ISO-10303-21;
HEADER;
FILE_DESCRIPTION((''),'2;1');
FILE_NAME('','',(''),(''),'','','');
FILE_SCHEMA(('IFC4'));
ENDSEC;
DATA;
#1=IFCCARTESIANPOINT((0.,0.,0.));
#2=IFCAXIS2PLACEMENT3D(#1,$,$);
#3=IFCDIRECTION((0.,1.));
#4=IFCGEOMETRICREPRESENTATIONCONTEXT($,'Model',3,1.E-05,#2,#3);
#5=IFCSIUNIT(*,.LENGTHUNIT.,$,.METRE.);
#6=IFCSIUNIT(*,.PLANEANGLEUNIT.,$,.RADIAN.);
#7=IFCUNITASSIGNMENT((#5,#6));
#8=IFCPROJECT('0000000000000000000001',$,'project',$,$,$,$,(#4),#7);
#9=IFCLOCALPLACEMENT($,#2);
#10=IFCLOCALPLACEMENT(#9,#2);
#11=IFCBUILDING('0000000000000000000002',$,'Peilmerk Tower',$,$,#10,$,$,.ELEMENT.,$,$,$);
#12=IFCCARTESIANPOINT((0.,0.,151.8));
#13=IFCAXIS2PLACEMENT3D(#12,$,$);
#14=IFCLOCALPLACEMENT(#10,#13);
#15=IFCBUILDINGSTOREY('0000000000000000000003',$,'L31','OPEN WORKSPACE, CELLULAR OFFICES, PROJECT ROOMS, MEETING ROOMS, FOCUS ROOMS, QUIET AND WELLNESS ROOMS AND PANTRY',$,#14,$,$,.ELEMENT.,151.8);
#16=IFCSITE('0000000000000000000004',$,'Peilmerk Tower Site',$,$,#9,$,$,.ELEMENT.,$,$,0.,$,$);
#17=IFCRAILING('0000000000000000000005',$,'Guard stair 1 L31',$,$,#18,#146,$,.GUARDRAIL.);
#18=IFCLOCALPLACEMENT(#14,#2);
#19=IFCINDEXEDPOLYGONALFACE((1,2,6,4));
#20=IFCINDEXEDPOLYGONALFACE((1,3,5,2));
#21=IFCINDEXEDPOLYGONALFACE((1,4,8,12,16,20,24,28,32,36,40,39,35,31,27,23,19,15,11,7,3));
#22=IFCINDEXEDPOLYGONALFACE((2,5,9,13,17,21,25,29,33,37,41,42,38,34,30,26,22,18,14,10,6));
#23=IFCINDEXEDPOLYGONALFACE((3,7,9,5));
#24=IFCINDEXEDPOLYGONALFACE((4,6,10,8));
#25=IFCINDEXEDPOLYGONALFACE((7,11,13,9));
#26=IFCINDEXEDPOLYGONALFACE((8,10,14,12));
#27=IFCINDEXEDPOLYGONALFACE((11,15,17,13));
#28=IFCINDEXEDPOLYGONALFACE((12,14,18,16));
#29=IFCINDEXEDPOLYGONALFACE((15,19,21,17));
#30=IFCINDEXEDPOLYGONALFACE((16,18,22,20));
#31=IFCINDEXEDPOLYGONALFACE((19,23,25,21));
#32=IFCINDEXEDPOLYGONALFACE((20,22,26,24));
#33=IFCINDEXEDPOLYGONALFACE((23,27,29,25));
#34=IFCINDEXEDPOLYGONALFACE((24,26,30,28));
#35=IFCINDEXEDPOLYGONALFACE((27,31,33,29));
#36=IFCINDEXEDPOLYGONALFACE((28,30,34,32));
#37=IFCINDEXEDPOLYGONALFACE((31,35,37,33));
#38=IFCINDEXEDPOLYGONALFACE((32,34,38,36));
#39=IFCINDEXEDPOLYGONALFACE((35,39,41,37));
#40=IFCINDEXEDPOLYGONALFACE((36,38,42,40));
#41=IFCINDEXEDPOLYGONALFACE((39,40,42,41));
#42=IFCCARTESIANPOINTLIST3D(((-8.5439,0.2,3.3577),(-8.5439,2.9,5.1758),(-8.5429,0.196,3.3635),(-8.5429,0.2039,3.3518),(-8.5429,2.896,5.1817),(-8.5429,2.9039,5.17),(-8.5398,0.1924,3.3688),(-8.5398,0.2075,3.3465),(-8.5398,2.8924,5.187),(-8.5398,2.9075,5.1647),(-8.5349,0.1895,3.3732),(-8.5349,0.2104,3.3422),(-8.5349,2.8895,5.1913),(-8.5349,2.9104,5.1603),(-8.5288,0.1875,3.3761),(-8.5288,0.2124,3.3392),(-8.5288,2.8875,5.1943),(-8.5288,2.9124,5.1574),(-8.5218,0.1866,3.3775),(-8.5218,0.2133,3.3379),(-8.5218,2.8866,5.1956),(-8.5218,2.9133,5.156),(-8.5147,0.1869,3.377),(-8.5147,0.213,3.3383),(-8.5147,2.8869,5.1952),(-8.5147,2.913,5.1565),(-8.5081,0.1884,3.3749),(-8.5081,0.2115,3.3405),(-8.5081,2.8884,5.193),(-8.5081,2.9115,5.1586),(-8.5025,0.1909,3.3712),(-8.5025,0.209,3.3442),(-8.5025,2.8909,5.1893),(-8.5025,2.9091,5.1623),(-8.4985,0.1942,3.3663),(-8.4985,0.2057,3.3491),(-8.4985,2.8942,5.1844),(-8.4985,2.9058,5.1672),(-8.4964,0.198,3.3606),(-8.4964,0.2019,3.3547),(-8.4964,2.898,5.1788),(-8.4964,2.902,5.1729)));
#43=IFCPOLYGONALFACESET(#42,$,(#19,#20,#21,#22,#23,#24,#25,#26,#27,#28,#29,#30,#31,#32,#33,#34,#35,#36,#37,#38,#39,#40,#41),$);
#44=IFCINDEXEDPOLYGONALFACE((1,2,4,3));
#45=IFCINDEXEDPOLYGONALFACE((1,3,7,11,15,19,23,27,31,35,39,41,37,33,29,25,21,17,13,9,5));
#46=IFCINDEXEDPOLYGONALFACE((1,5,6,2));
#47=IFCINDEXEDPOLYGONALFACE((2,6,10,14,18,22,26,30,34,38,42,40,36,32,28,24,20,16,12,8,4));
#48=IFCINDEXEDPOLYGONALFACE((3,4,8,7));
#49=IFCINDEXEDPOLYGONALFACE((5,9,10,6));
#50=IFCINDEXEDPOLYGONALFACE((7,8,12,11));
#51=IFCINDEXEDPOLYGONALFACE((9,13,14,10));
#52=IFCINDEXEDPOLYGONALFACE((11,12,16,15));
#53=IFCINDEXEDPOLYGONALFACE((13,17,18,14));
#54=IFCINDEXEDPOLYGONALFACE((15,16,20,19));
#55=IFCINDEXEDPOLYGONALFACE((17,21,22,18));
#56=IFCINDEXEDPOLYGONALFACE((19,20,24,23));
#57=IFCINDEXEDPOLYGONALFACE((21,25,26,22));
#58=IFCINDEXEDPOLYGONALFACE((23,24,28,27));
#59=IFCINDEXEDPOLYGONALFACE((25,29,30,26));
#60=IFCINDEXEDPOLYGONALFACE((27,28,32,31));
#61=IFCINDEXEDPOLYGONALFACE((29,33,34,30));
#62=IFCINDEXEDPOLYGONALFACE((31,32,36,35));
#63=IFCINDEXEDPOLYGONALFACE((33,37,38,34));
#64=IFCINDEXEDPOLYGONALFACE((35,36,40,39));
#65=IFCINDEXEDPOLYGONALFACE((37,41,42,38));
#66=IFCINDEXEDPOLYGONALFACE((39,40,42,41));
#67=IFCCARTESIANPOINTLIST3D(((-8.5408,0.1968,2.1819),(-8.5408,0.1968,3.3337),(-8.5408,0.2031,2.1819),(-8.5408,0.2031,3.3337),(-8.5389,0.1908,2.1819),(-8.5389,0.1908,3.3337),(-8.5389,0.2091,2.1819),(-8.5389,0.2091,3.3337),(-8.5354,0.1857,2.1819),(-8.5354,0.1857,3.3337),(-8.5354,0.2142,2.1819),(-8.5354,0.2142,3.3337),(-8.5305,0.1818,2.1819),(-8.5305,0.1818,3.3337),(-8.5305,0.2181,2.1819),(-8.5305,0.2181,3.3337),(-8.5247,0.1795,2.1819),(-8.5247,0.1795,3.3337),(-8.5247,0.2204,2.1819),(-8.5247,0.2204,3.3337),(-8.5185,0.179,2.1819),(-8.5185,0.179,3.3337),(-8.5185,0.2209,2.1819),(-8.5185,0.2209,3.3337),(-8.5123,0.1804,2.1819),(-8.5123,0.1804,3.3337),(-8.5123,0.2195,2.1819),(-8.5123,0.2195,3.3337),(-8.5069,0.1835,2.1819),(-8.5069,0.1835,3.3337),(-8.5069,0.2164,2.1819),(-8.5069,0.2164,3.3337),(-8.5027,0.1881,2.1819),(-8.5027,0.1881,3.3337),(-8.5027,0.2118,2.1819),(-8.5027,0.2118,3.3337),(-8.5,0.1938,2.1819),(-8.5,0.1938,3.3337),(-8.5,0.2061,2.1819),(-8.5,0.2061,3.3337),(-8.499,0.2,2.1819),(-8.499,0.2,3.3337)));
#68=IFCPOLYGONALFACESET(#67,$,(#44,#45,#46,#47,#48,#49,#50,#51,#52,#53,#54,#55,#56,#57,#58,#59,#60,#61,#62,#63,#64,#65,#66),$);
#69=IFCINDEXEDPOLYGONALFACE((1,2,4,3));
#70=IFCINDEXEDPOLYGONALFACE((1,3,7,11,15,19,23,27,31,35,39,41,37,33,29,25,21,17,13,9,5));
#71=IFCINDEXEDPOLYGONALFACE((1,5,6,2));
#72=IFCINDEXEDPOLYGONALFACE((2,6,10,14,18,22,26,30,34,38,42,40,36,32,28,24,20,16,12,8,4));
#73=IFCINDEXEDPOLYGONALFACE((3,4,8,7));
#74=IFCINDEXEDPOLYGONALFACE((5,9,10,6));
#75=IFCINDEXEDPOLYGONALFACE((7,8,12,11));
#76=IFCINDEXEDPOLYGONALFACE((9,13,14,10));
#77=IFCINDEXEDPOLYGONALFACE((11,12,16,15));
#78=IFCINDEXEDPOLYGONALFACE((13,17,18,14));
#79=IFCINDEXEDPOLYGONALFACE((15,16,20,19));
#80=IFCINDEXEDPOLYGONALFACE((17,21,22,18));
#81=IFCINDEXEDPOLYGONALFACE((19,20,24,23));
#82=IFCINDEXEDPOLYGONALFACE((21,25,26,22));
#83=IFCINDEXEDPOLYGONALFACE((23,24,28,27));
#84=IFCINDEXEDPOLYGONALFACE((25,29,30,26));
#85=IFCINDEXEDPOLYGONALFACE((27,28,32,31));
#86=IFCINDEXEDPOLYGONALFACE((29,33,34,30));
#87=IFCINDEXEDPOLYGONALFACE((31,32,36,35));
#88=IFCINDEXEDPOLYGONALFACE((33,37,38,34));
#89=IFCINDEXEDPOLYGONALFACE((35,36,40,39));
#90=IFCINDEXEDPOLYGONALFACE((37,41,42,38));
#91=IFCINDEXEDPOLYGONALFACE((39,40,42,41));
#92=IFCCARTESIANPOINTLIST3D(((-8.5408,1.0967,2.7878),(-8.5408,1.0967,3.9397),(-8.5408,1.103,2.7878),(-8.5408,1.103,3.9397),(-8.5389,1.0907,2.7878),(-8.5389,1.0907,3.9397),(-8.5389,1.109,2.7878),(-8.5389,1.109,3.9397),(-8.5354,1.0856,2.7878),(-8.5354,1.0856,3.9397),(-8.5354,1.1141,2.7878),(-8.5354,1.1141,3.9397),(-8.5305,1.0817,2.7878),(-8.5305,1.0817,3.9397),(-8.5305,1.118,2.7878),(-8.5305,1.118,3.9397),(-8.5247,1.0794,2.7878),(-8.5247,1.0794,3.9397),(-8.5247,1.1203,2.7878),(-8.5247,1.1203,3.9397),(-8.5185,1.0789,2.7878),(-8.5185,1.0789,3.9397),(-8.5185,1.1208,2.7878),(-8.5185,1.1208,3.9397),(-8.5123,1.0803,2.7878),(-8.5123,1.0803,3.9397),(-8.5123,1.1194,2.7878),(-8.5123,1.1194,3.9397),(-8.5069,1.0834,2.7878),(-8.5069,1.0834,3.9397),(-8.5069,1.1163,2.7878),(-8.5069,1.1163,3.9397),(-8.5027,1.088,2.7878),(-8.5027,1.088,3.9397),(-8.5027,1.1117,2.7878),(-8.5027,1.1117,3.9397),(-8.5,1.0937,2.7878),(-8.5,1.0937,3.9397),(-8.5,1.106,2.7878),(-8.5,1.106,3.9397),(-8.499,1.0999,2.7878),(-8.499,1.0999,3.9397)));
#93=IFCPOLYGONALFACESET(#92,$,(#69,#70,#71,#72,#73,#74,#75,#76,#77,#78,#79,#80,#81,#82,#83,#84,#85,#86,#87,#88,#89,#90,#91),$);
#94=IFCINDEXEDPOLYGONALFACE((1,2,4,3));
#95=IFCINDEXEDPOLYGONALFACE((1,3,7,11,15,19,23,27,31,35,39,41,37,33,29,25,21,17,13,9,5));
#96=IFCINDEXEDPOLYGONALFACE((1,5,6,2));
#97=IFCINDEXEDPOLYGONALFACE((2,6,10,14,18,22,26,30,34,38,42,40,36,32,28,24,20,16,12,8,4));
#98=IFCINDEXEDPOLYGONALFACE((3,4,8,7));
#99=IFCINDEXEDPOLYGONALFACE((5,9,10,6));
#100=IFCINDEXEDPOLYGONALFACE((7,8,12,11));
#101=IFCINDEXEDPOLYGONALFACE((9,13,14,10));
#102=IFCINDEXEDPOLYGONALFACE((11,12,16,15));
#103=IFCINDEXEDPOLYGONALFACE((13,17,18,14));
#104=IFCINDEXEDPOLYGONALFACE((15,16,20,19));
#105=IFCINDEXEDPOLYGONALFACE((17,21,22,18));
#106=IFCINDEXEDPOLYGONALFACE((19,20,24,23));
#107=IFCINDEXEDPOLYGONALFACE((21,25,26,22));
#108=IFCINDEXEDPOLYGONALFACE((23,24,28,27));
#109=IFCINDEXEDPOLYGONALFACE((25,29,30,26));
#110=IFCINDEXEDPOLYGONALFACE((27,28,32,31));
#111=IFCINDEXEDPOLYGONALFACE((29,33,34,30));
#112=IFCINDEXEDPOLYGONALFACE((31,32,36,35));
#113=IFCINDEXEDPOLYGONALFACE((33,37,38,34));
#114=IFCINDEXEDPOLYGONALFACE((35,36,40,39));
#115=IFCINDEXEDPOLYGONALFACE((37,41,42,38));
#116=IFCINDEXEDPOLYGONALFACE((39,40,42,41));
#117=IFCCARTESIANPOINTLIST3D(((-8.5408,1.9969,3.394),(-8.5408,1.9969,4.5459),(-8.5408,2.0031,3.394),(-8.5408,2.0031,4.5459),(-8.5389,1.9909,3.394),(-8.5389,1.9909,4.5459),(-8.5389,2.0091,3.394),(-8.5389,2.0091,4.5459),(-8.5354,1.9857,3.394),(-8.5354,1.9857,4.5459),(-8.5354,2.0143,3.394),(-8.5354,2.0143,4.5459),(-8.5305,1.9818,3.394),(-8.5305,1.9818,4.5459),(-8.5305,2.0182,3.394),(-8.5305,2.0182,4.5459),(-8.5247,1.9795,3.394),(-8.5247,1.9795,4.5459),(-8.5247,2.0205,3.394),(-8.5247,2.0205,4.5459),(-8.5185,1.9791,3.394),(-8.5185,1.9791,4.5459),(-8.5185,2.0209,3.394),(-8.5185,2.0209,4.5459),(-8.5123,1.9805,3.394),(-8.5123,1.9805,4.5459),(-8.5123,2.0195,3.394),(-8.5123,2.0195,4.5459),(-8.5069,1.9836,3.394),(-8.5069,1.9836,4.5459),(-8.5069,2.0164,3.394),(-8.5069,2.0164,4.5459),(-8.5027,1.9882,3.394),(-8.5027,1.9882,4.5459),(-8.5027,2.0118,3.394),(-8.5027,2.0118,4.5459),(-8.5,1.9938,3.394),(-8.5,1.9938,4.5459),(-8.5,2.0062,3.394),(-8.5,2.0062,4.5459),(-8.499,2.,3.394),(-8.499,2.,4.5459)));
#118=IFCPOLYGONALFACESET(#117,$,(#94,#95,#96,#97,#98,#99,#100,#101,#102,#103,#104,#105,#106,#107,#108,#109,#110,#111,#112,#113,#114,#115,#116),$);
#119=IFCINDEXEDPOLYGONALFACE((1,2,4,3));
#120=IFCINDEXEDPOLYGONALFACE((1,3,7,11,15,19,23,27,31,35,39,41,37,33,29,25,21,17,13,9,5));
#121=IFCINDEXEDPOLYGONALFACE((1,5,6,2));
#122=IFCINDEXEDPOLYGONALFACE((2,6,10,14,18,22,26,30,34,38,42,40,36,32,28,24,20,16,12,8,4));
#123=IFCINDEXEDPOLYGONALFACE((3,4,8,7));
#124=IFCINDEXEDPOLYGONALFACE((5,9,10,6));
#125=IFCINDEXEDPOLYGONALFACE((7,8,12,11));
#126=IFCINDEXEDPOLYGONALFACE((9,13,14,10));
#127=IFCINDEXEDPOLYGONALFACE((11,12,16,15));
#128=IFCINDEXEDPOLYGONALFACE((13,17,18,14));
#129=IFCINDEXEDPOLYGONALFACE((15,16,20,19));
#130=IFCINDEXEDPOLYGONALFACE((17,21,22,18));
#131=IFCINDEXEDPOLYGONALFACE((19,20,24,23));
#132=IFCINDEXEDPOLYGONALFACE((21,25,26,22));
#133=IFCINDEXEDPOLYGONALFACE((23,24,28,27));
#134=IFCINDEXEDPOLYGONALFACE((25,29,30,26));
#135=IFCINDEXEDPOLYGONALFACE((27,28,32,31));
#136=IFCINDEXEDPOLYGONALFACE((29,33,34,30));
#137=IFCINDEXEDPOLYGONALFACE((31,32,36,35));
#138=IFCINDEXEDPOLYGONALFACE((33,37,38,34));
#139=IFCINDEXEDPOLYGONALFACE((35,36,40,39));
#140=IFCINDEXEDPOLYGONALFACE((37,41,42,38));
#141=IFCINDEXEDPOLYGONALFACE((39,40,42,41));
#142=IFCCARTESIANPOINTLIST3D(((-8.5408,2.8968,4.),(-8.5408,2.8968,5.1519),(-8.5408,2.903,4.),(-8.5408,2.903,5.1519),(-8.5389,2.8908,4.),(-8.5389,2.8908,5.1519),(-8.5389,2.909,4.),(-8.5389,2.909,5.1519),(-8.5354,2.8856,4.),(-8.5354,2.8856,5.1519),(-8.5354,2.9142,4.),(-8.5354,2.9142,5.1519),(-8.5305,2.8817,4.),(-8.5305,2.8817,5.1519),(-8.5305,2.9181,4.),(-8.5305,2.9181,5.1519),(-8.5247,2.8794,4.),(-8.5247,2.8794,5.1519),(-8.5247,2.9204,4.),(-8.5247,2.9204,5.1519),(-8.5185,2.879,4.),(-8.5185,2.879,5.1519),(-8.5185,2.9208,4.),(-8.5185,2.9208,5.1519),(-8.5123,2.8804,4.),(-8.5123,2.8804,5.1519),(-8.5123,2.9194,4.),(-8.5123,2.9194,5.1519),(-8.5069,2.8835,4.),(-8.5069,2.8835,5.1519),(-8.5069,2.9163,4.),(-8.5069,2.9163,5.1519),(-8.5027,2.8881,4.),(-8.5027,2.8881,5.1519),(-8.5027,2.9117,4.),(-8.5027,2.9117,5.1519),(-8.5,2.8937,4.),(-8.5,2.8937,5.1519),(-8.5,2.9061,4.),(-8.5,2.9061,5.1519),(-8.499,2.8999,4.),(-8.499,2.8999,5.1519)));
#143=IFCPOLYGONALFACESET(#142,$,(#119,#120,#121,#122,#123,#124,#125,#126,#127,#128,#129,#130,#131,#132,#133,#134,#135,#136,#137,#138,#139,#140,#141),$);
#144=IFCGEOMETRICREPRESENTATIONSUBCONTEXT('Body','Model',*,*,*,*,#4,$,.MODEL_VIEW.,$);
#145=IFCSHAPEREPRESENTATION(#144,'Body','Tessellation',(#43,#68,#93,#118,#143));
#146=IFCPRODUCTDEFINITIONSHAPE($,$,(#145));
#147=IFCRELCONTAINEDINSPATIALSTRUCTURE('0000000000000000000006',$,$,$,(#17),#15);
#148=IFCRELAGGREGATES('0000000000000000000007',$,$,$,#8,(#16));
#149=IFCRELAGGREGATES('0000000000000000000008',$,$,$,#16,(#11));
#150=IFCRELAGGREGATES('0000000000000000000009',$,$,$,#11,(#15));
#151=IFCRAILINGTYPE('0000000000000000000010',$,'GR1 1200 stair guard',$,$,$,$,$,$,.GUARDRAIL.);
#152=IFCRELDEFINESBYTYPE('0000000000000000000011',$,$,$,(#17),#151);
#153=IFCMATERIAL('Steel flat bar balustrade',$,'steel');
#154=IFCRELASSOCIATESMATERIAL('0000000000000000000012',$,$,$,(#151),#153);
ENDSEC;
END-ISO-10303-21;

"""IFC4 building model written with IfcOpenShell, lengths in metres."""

from ifc_helpers import new_model, si_unit, direction, frame, origin, origin_2d, place, context, subcontext, project, spatial, circle, extrude, material, type_object, element, save


model = new_model("IFC4")

# Units and contexts
model_context = context("Model", 3, precision=1e-05, world=origin(), true_north=direction((0.0, 1.0)))
body_context = subcontext(model_context, "Body", "Model", "MODEL_VIEW")
ifc_project = project(units=[si_unit("LENGTHUNIT", "METRE"), si_unit("PLANEANGLEUNIT", "RADIAN")], contexts=[model_context])

# Site, building, storey
site_placement = place(None, origin())
site = spatial("IfcSite", under=ifc_project, at=site_placement, Name="Peilmerk Tower Site", CompositionType="ELEMENT", RefElevation=0.0)
building_placement = place(site_placement, origin())
building = spatial("IfcBuilding", under=site, at=building_placement, Name="Peilmerk Tower", CompositionType="ELEMENT")
storey_placement = place(building_placement, frame((0.0, 0.0, 151.8)))
storey = spatial("IfcBuildingStorey", under=building, at=storey_placement, Name="L31", Description="OPEN WORKSPACE, CELLULAR OFFICES, PROJECT ROOMS, MEETING ROOMS, FOCUS ROOMS, QUIET AND WELLNESS ROOMS AND PANTRY", CompositionType="ELEMENT", Elevation=151.8)

# Railing
ifc_material_1 = material(Name="Steel flat bar balustrade", Category="steel")
railing_type_1 = type_object("IfcRailingType", Name="GR1 1200 stair guard", PredefinedType="GUARDRAIL", material=ifc_material_1)
railing_1_placement = place(storey_placement, frame((-8.52, 0.2, 2.1819)))
element("IfcRailing", 1, at=railing_1_placement, inside=storey, type_object=railing_type_1, Name="Guard stair 1 L31", PredefinedType="GUARDRAIL", context=body_context, shape_type="SweptSolid", body=[
    extrude(circle(Radius=0.0239, at=origin_2d()), frame((0.0, 0.0, 1.1758), z_axis=(0.0, 0.829468, 0.558554), x_axis=(-1.0, 0.0, 0.0)), (0.0, 0.0, 1.0), 3.2551),
    extrude(circle(Radius=0.021, at=origin_2d()), origin(), (0.0, 0.0, 1.0), 1.1519),
    extrude(circle(Radius=0.021, at=origin_2d()), frame((0.0, 0.8999, 0.606)), (0.0, 0.0, 1.0), 1.1519),
    extrude(circle(Radius=0.021, at=origin_2d()), frame((0.0, 1.8, 1.2122)), (0.0, 0.0, 1.0), 1.1519),
    extrude(circle(Radius=0.021, at=origin_2d()), frame((0.0, 2.7, 1.8181)), (0.0, 0.0, 1.0), 1.1519),
])

save(model, "model.ifc")
